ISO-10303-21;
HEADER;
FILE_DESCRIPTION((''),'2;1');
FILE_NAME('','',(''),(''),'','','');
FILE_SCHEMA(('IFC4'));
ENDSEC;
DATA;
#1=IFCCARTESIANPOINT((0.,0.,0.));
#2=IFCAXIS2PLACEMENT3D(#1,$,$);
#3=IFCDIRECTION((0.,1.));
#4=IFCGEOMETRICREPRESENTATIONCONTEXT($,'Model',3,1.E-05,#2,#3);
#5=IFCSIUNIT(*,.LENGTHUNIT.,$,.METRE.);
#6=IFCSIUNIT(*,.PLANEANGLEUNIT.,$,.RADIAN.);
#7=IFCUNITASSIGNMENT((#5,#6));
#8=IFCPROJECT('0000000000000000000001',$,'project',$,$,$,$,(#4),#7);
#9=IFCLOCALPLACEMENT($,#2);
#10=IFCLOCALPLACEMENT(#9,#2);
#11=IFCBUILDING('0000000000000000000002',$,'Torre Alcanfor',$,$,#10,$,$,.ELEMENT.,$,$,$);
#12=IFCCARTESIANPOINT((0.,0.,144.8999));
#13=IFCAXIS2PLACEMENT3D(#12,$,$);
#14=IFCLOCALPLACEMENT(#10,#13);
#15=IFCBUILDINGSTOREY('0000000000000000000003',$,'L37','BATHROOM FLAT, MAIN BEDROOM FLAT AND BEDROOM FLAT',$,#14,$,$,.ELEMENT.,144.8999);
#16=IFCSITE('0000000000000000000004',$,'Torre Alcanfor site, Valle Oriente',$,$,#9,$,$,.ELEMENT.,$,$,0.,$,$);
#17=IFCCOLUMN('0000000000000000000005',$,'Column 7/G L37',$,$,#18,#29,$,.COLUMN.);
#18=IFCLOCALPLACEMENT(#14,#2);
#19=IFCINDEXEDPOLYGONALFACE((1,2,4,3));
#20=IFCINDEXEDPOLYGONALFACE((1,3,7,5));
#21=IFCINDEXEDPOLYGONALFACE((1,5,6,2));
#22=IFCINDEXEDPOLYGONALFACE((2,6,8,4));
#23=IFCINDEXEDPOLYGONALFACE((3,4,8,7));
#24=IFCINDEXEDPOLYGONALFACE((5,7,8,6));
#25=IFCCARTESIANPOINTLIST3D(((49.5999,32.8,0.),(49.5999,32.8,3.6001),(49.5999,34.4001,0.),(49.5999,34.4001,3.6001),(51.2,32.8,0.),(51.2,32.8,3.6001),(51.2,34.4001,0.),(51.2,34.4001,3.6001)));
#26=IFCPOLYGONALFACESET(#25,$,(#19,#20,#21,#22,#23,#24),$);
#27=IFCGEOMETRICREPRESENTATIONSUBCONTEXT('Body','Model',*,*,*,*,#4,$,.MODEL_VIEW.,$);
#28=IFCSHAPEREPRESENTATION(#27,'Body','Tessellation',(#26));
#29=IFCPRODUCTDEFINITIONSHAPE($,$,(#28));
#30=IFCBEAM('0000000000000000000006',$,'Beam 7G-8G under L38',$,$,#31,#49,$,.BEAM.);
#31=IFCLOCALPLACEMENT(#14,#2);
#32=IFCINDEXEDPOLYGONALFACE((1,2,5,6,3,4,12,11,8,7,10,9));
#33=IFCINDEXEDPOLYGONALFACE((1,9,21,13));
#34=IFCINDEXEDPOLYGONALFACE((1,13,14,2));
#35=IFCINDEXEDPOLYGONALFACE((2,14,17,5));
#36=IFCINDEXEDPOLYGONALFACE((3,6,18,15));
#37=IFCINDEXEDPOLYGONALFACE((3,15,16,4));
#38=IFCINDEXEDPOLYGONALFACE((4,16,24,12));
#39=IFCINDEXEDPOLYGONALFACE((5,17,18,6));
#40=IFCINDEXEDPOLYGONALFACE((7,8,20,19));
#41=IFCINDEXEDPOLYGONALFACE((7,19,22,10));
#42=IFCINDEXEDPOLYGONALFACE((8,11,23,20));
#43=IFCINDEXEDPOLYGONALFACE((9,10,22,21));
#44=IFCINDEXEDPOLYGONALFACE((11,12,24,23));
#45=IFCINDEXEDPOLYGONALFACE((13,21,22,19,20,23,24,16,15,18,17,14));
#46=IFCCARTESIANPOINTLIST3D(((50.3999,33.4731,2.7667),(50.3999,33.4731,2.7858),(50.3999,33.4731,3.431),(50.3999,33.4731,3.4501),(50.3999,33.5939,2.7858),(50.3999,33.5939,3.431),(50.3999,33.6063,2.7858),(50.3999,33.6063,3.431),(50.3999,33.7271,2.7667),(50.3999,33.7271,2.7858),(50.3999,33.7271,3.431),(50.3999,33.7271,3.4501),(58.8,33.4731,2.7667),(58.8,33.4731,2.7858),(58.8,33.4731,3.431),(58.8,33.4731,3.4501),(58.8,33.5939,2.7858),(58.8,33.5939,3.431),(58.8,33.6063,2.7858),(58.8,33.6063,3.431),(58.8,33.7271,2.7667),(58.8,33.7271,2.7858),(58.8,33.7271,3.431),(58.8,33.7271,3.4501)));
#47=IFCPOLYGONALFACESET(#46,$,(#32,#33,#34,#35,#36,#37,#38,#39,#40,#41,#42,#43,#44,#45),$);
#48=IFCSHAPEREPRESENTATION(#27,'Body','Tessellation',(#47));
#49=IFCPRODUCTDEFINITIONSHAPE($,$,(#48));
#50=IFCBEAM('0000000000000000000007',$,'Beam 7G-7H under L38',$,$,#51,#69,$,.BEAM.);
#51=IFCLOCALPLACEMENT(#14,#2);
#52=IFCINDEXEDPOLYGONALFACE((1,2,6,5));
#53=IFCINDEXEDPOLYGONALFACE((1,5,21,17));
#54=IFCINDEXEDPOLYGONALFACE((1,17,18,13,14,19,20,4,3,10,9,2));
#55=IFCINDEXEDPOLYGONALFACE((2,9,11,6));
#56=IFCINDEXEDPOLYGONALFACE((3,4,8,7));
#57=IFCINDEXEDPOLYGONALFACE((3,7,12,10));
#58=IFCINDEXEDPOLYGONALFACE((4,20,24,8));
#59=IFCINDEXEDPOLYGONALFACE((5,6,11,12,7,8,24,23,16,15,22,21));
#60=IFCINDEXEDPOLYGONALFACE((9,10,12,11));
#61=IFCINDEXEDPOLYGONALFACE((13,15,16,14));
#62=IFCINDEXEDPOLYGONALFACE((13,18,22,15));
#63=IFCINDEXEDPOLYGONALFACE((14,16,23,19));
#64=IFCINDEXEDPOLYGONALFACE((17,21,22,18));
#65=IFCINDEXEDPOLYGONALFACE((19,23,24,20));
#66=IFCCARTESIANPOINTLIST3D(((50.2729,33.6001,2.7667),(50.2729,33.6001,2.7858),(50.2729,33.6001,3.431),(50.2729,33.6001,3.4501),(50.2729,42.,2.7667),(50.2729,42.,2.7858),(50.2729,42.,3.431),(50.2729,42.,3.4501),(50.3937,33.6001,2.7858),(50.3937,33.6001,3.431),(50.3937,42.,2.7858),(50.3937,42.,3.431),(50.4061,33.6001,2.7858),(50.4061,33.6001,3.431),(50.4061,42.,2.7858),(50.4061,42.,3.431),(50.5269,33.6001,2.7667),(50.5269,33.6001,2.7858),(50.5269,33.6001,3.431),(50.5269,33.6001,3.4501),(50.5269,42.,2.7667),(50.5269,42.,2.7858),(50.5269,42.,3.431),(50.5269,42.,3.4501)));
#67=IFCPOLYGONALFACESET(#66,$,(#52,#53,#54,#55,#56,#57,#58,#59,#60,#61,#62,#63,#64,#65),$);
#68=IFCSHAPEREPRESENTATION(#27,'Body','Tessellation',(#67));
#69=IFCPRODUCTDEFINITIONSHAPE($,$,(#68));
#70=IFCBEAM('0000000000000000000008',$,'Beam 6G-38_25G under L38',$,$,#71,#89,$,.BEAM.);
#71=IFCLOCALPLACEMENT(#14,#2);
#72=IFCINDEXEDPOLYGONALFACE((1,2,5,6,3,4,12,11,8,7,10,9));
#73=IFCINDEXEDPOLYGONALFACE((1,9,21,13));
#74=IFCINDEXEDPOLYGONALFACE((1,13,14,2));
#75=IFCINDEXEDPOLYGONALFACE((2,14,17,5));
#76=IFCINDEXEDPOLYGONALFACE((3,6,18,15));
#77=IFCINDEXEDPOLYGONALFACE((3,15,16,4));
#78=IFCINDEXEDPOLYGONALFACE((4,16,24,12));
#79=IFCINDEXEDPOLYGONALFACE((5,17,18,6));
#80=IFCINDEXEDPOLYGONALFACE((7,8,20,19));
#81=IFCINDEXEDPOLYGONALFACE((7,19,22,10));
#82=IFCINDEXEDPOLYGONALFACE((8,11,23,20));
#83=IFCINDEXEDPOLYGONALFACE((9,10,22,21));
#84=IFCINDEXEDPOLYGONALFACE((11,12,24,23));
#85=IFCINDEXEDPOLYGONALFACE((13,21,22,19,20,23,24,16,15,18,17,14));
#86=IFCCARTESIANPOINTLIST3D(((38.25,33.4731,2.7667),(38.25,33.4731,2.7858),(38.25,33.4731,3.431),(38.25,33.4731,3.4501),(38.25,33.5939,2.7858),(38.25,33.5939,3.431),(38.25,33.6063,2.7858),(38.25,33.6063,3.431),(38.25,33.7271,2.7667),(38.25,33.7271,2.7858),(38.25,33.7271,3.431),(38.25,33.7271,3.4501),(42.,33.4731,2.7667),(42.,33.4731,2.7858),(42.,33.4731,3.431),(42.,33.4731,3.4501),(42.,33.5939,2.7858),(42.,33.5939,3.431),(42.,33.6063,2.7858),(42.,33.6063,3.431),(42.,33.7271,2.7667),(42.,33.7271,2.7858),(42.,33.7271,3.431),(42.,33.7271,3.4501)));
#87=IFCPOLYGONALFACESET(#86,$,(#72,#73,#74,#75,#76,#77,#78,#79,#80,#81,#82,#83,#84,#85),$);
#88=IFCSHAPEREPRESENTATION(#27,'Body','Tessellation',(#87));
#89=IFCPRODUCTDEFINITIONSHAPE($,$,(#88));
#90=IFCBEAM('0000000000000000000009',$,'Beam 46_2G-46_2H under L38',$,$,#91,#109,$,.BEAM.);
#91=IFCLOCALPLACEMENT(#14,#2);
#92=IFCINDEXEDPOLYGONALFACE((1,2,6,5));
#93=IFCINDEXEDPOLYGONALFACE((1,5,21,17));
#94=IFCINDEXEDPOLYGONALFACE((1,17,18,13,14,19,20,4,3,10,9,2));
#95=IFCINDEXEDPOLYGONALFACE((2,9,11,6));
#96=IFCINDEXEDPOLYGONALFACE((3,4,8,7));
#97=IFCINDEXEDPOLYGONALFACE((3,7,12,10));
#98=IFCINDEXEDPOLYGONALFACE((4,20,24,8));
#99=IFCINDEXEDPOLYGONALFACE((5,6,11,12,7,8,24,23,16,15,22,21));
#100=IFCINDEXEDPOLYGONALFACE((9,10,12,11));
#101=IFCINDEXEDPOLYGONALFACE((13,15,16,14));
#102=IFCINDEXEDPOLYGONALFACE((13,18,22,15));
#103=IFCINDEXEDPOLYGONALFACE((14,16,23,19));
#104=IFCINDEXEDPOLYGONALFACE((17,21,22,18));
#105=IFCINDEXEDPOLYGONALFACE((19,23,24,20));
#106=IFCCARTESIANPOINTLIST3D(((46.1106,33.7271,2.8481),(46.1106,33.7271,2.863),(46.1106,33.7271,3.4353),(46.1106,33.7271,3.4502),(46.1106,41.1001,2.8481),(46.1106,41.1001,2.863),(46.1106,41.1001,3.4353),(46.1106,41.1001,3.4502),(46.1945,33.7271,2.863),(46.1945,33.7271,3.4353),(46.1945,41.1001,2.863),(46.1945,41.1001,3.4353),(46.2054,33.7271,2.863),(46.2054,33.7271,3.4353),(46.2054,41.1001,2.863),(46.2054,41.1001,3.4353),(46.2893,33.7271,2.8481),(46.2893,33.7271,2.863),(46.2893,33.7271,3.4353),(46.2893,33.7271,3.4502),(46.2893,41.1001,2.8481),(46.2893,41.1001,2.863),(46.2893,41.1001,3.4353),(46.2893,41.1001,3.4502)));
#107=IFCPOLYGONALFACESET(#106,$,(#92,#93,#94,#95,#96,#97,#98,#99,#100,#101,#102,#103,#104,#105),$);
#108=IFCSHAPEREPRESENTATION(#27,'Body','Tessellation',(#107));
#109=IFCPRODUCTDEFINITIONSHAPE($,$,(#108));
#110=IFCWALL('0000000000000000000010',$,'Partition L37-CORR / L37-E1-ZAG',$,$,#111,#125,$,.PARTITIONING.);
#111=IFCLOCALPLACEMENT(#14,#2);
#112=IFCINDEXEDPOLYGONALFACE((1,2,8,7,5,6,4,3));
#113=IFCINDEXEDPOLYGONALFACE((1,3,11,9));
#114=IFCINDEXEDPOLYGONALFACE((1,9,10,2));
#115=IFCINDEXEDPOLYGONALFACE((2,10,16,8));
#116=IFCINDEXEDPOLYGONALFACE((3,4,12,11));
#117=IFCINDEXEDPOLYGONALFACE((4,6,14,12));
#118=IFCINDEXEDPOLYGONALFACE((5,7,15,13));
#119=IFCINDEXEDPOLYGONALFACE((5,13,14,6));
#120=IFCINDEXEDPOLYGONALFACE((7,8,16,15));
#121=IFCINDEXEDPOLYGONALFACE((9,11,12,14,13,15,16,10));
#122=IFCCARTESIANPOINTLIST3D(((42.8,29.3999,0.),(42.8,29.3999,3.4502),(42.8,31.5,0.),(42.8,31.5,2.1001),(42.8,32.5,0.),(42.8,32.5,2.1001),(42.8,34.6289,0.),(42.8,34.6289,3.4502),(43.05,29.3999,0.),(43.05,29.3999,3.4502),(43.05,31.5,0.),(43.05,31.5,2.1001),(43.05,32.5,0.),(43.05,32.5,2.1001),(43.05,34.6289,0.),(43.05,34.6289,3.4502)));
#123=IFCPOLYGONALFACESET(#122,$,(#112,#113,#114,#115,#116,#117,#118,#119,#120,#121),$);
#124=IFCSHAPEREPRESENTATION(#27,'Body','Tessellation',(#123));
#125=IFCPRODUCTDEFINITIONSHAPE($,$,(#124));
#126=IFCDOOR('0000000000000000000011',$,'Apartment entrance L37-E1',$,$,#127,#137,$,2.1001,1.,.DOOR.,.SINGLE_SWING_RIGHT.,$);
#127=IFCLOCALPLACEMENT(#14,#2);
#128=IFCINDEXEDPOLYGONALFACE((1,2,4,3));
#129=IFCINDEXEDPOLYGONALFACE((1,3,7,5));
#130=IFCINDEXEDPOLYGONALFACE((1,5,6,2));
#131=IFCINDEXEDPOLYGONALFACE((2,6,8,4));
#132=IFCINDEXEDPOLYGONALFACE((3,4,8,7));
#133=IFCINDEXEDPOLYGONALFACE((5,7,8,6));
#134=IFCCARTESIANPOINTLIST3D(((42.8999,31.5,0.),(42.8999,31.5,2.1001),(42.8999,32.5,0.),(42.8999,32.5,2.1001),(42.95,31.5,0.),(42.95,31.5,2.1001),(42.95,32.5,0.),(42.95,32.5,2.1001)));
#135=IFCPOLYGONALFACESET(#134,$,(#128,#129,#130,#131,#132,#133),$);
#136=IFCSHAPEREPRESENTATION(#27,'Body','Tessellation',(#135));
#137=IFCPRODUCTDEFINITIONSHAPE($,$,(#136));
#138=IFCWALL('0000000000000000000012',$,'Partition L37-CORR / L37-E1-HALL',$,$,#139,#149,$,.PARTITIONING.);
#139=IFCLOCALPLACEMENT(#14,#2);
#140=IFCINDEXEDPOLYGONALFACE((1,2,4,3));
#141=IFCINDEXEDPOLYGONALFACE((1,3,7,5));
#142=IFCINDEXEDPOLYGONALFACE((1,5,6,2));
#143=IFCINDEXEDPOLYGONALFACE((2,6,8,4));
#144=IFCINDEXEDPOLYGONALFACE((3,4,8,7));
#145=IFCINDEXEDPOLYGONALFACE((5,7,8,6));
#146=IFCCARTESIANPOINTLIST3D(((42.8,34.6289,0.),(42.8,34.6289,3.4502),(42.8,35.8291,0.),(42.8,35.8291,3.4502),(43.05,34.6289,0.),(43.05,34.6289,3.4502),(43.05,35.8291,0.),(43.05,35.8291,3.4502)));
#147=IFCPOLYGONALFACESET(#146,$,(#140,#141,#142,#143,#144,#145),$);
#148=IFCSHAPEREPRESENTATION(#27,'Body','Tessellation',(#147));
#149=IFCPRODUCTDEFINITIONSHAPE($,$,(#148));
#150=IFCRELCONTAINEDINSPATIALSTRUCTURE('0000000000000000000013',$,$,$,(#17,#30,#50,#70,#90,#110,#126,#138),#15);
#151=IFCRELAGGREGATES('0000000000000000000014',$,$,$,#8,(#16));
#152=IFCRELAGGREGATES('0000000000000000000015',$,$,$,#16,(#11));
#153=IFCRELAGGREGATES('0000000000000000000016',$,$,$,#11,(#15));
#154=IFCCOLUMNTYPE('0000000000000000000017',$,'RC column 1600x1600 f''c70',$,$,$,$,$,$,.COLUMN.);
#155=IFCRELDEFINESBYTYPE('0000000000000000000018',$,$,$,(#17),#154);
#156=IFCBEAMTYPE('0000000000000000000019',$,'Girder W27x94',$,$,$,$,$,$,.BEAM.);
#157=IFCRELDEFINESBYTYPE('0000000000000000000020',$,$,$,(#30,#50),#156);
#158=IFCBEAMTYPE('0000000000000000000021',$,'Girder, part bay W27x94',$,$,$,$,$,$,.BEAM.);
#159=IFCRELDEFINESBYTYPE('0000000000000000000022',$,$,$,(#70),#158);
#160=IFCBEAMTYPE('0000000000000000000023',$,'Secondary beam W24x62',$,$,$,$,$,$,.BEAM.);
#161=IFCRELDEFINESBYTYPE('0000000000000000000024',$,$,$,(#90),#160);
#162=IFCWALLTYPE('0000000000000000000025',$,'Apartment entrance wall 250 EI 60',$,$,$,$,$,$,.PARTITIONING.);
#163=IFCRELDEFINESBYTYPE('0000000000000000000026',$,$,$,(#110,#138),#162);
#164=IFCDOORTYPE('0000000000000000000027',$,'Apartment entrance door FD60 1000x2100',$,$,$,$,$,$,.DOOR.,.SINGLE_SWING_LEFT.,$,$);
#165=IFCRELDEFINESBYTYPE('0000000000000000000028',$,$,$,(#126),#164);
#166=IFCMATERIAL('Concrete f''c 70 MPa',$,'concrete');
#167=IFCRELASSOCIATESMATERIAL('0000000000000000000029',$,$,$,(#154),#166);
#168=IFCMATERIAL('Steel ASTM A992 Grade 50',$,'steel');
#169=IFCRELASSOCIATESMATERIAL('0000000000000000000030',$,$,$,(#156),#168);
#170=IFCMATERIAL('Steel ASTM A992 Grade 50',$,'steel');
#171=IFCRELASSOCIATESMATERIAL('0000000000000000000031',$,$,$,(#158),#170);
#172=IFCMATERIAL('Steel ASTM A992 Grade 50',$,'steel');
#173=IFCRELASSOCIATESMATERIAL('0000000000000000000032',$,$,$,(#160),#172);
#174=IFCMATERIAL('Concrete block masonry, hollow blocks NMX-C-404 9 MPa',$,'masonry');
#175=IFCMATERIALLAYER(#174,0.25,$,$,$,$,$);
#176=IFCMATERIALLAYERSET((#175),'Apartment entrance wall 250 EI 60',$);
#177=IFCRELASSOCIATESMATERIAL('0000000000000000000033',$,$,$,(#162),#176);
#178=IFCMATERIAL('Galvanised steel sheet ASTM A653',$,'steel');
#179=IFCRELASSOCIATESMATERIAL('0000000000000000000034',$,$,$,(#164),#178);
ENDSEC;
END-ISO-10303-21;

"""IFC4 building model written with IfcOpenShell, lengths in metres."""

from ifc_helpers import new_model, si_unit, direction, frame, frame_2d, origin, origin_2d, place, context, subcontext, project, spatial, rectangle, i_section, extrude, material, layer, layer_set, material_profile, profile_set, type_object, element, fill, save


model = new_model("IFC4")

# Units and contexts
model_context = context("Model", 3, precision=1e-05, world=origin(), true_north=direction((0.0, 1.0)))
body_context = subcontext(model_context, "Body", "Model", "MODEL_VIEW")
ifc_project = project(units=[si_unit("LENGTHUNIT", "METRE"), si_unit("PLANEANGLEUNIT", "RADIAN")], contexts=[model_context])

# Site, building, storey
site_placement = place(None, origin())
site = spatial("IfcSite", under=ifc_project, at=site_placement, Name="Torre Alcanfor site, Valle Oriente", CompositionType="ELEMENT", RefElevation=0.0)
building_placement = place(site_placement, origin())
building = spatial("IfcBuilding", under=site, at=building_placement, Name="Torre Alcanfor", CompositionType="ELEMENT")
storey_placement = place(building_placement, frame((0.0, 0.0, 144.8999)))
storey = spatial("IfcBuildingStorey", under=building, at=storey_placement, Name="L37", Description="BATHROOM FLAT, MAIN BEDROOM FLAT AND BEDROOM FLAT", CompositionType="ELEMENT", Elevation=144.8999)

# Column
ifc_material_1 = material(Name="Concrete f'c 70 MPa", Category="concrete")
ifc_material_profile_1 = material_profile(ifc_material_1, rectangle(XDim=1.6001, YDim=1.6001, at=origin_2d()), Name="1600x1600")
ifc_profile_set_1 = profile_set([ifc_material_profile_1], Name="Concrete f'c 70 MPa")
column_type = type_object("IfcColumnType", Name="RC column 1600x1600 f'c70", PredefinedType="COLUMN", material=ifc_profile_set_1)
column_placement = place(storey_placement, frame((50.3999, 33.6001, 0.0), z_axis=(0.0, 0.0, 1.0), x_axis=(1.0, 0.0, 0.0)))
element("IfcColumn", 1, at=column_placement, inside=storey, type_object=column_type, Name="Column 7/G L37", PredefinedType="COLUMN", context=body_context, shape_type="SweptSolid", body=[
    extrude(rectangle(XDim=1.6001, YDim=1.6001, at=origin_2d()), origin(), (0.0, 0.0, 1.0), 3.6001),
])

# Beams
ifc_material_2 = material(Name="Steel ASTM A992 Grade 50", Category="steel")
ifc_material_profile_2 = material_profile(ifc_material_2, i_section(OverallWidth=0.2539, OverallDepth=0.6833, WebThickness=0.0125, FlangeThickness=0.019, at=origin_2d()), Name="W27x94")
ifc_profile_set_2 = profile_set([ifc_material_profile_2], Name="Steel ASTM A992 Grade 50")
beam_type_1 = type_object("IfcBeamType", Name="Girder W27x94", PredefinedType="BEAM", material=ifc_profile_set_2)
beam_1_placement = place(storey_placement, frame((50.3999, 33.6001, 3.1084), z_axis=(1.0, 0.0, 0.0), x_axis=(0.0, 1.0, 0.0)))
element("IfcBeam", 2, at=beam_1_placement, inside=storey, type_object=beam_type_1, Name="Beam 7G-8G under L38", PredefinedType="BEAM", context=body_context, shape_type="SweptSolid", body=[
    extrude(i_section(OverallWidth=0.2539, OverallDepth=0.6833, WebThickness=0.0125, FlangeThickness=0.019, at=origin_2d()), origin(), (0.0, 0.0, 1.0), 8.4001),
])
beam_2_placement = place(storey_placement, frame((50.3999, 33.6001, 3.1084), z_axis=(0.0, 1.0, 0.0), x_axis=(-1.0, 0.0, 0.0)))
element("IfcBeam", 3, at=beam_2_placement, inside=storey, type_object=beam_type_1, Name="Beam 7G-7H under L38", PredefinedType="BEAM", context=body_context, shape_type="SweptSolid", body=[
    extrude(i_section(OverallWidth=0.2539, OverallDepth=0.6833, WebThickness=0.0125, FlangeThickness=0.019, at=origin_2d()), origin(), (0.0, 0.0, 1.0), 8.3999),
])
ifc_material_3 = material(Name="Steel ASTM A992 Grade 50", Category="steel")
ifc_material_profile_3 = material_profile(ifc_material_3, i_section(OverallWidth=0.2539, OverallDepth=0.6833, WebThickness=0.0125, FlangeThickness=0.019, at=origin_2d()), Name="W27x94")
ifc_profile_set_3 = profile_set([ifc_material_profile_3], Name="Steel ASTM A992 Grade 50")
beam_type_2 = type_object("IfcBeamType", Name="Girder, part bay W27x94", PredefinedType="BEAM", material=ifc_profile_set_3)
beam_3_placement = place(storey_placement, frame((42.0, 33.6001, 3.1084), z_axis=(-1.0, 0.0, 0.0), x_axis=(0.0, -1.0, 0.0)))
element("IfcBeam", 4, at=beam_3_placement, inside=storey, type_object=beam_type_2, Name="Beam 6G-38_25G under L38", PredefinedType="BEAM", context=body_context, shape_type="SweptSolid", body=[
    extrude(i_section(OverallWidth=0.2539, OverallDepth=0.6833, WebThickness=0.0125, FlangeThickness=0.019, at=origin_2d()), origin(), (0.0, 0.0, 1.0), 3.75),
])
ifc_material_4 = material(Name="Steel ASTM A992 Grade 50", Category="steel")
ifc_material_profile_4 = material_profile(ifc_material_4, i_section(OverallWidth=0.1787, OverallDepth=0.6021, WebThickness=0.011, FlangeThickness=0.0149, at=origin_2d()), Name="W24x62")
ifc_profile_set_4 = profile_set([ifc_material_profile_4], Name="Steel ASTM A992 Grade 50")
beam_type_3 = type_object("IfcBeamType", Name="Secondary beam W24x62", PredefinedType="BEAM", material=ifc_profile_set_4)
beam_4_placement = place(storey_placement, frame((46.2, 33.7271, 3.1492), z_axis=(0.0, 1.0, 0.0), x_axis=(-1.0, 0.0, 0.0)))
element("IfcBeam", 5, at=beam_4_placement, inside=storey, type_object=beam_type_3, Name="Beam 46_2G-46_2H under L38", PredefinedType="BEAM", context=body_context, shape_type="SweptSolid", body=[
    extrude(i_section(OverallWidth=0.1787, OverallDepth=0.6021, WebThickness=0.011, FlangeThickness=0.0149, at=origin_2d()), origin(), (0.0, 0.0, 1.0), 7.373),
])

# Wall, opening, door
ifc_material_5 = material(Name="Concrete block masonry, hollow blocks NMX-C-404 9 MPa", Category="masonry")
ifc_layer_1 = layer(ifc_material_5, 0.25)
ifc_layer_set_1 = layer_set([ifc_layer_1], Name="Apartment entrance wall 250 EI 60")
wall_type_1 = type_object("IfcWallType", Name="Apartment entrance wall 250 EI 60", PredefinedType="PARTITIONING", material=ifc_layer_set_1)
wall_1_placement = place(storey_placement, frame((42.925, 34.6289, 0.0), z_axis=(0.0, 0.0, 1.0), x_axis=(0.0, -1.0, 0.0)))
wall_1 = element("IfcWall", 6, at=wall_1_placement, inside=storey, type_object=wall_type_1, Name="Partition L37-CORR / L37-E1-ZAG", PredefinedType="PARTITIONING", context=body_context, shape_type="SweptSolid", body=[
    extrude(rectangle(XDim=5.229, YDim=0.25, at=frame_2d((2.6145, 0.0))), origin(), (0.0, 0.0, 1.0), 3.4502),
])
opening_1_placement = place(wall_1_placement, frame((2.1289, 0.0, 0.0)))
opening_1 = element("IfcOpeningElement", 7, at=opening_1_placement, cuts=wall_1, PredefinedType="OPENING", context=body_context, shape_type="SweptSolid", body=[
    extrude(rectangle(XDim=1.0, YDim=2.1001, at=frame_2d((0.5, 1.05))), frame((0.0, 0.135, 0.0), z_axis=(0.0, -1.0, 0.0), x_axis=(1.0, 0.0, 0.0)), (0.0, 0.0, 1.0), 0.27),
])
ifc_material_6 = material(Name="Galvanised steel sheet ASTM A653", Category="steel")
door_type_1 = type_object("IfcDoorType", Name="Apartment entrance door FD60 1000x2100", OperationType="SINGLE_SWING_LEFT", PredefinedType="DOOR", material=ifc_material_6)
door_1_placement = place(opening_1_placement, origin())
door_1 = element("IfcDoor", 8, at=door_1_placement, inside=storey, type_object=door_type_1, Name="Apartment entrance L37-E1", OperationType="SINGLE_SWING_RIGHT", OverallHeight=2.1001, OverallWidth=1.0, PredefinedType="DOOR", context=body_context, shape_type="SweptSolid", body=[
    extrude(rectangle(XDim=1.0, YDim=2.1001, at=frame_2d((0.5, 1.05))), frame((0.0, 0.0249, 0.0), z_axis=(0.0, -1.0, 0.0), x_axis=(1.0, 0.0, 0.0)), (0.0, 0.0, 1.0), 0.05),
])
fill(opening_1, door_1)

# Wall
wall_2_placement = place(storey_placement, frame((42.925, 35.8291, 0.0), z_axis=(0.0, 0.0, 1.0), x_axis=(0.0, -1.0, 0.0)))
element("IfcWall", 9, at=wall_2_placement, inside=storey, type_object=wall_type_1, Name="Partition L37-CORR / L37-E1-HALL", PredefinedType="PARTITIONING", context=body_context, shape_type="SweptSolid", body=[
    extrude(rectangle(XDim=1.2002, YDim=0.25, at=frame_2d((0.6001, 0.0))), origin(), (0.0, 0.0, 1.0), 3.4502),
])

save(model, "model.ifc")
